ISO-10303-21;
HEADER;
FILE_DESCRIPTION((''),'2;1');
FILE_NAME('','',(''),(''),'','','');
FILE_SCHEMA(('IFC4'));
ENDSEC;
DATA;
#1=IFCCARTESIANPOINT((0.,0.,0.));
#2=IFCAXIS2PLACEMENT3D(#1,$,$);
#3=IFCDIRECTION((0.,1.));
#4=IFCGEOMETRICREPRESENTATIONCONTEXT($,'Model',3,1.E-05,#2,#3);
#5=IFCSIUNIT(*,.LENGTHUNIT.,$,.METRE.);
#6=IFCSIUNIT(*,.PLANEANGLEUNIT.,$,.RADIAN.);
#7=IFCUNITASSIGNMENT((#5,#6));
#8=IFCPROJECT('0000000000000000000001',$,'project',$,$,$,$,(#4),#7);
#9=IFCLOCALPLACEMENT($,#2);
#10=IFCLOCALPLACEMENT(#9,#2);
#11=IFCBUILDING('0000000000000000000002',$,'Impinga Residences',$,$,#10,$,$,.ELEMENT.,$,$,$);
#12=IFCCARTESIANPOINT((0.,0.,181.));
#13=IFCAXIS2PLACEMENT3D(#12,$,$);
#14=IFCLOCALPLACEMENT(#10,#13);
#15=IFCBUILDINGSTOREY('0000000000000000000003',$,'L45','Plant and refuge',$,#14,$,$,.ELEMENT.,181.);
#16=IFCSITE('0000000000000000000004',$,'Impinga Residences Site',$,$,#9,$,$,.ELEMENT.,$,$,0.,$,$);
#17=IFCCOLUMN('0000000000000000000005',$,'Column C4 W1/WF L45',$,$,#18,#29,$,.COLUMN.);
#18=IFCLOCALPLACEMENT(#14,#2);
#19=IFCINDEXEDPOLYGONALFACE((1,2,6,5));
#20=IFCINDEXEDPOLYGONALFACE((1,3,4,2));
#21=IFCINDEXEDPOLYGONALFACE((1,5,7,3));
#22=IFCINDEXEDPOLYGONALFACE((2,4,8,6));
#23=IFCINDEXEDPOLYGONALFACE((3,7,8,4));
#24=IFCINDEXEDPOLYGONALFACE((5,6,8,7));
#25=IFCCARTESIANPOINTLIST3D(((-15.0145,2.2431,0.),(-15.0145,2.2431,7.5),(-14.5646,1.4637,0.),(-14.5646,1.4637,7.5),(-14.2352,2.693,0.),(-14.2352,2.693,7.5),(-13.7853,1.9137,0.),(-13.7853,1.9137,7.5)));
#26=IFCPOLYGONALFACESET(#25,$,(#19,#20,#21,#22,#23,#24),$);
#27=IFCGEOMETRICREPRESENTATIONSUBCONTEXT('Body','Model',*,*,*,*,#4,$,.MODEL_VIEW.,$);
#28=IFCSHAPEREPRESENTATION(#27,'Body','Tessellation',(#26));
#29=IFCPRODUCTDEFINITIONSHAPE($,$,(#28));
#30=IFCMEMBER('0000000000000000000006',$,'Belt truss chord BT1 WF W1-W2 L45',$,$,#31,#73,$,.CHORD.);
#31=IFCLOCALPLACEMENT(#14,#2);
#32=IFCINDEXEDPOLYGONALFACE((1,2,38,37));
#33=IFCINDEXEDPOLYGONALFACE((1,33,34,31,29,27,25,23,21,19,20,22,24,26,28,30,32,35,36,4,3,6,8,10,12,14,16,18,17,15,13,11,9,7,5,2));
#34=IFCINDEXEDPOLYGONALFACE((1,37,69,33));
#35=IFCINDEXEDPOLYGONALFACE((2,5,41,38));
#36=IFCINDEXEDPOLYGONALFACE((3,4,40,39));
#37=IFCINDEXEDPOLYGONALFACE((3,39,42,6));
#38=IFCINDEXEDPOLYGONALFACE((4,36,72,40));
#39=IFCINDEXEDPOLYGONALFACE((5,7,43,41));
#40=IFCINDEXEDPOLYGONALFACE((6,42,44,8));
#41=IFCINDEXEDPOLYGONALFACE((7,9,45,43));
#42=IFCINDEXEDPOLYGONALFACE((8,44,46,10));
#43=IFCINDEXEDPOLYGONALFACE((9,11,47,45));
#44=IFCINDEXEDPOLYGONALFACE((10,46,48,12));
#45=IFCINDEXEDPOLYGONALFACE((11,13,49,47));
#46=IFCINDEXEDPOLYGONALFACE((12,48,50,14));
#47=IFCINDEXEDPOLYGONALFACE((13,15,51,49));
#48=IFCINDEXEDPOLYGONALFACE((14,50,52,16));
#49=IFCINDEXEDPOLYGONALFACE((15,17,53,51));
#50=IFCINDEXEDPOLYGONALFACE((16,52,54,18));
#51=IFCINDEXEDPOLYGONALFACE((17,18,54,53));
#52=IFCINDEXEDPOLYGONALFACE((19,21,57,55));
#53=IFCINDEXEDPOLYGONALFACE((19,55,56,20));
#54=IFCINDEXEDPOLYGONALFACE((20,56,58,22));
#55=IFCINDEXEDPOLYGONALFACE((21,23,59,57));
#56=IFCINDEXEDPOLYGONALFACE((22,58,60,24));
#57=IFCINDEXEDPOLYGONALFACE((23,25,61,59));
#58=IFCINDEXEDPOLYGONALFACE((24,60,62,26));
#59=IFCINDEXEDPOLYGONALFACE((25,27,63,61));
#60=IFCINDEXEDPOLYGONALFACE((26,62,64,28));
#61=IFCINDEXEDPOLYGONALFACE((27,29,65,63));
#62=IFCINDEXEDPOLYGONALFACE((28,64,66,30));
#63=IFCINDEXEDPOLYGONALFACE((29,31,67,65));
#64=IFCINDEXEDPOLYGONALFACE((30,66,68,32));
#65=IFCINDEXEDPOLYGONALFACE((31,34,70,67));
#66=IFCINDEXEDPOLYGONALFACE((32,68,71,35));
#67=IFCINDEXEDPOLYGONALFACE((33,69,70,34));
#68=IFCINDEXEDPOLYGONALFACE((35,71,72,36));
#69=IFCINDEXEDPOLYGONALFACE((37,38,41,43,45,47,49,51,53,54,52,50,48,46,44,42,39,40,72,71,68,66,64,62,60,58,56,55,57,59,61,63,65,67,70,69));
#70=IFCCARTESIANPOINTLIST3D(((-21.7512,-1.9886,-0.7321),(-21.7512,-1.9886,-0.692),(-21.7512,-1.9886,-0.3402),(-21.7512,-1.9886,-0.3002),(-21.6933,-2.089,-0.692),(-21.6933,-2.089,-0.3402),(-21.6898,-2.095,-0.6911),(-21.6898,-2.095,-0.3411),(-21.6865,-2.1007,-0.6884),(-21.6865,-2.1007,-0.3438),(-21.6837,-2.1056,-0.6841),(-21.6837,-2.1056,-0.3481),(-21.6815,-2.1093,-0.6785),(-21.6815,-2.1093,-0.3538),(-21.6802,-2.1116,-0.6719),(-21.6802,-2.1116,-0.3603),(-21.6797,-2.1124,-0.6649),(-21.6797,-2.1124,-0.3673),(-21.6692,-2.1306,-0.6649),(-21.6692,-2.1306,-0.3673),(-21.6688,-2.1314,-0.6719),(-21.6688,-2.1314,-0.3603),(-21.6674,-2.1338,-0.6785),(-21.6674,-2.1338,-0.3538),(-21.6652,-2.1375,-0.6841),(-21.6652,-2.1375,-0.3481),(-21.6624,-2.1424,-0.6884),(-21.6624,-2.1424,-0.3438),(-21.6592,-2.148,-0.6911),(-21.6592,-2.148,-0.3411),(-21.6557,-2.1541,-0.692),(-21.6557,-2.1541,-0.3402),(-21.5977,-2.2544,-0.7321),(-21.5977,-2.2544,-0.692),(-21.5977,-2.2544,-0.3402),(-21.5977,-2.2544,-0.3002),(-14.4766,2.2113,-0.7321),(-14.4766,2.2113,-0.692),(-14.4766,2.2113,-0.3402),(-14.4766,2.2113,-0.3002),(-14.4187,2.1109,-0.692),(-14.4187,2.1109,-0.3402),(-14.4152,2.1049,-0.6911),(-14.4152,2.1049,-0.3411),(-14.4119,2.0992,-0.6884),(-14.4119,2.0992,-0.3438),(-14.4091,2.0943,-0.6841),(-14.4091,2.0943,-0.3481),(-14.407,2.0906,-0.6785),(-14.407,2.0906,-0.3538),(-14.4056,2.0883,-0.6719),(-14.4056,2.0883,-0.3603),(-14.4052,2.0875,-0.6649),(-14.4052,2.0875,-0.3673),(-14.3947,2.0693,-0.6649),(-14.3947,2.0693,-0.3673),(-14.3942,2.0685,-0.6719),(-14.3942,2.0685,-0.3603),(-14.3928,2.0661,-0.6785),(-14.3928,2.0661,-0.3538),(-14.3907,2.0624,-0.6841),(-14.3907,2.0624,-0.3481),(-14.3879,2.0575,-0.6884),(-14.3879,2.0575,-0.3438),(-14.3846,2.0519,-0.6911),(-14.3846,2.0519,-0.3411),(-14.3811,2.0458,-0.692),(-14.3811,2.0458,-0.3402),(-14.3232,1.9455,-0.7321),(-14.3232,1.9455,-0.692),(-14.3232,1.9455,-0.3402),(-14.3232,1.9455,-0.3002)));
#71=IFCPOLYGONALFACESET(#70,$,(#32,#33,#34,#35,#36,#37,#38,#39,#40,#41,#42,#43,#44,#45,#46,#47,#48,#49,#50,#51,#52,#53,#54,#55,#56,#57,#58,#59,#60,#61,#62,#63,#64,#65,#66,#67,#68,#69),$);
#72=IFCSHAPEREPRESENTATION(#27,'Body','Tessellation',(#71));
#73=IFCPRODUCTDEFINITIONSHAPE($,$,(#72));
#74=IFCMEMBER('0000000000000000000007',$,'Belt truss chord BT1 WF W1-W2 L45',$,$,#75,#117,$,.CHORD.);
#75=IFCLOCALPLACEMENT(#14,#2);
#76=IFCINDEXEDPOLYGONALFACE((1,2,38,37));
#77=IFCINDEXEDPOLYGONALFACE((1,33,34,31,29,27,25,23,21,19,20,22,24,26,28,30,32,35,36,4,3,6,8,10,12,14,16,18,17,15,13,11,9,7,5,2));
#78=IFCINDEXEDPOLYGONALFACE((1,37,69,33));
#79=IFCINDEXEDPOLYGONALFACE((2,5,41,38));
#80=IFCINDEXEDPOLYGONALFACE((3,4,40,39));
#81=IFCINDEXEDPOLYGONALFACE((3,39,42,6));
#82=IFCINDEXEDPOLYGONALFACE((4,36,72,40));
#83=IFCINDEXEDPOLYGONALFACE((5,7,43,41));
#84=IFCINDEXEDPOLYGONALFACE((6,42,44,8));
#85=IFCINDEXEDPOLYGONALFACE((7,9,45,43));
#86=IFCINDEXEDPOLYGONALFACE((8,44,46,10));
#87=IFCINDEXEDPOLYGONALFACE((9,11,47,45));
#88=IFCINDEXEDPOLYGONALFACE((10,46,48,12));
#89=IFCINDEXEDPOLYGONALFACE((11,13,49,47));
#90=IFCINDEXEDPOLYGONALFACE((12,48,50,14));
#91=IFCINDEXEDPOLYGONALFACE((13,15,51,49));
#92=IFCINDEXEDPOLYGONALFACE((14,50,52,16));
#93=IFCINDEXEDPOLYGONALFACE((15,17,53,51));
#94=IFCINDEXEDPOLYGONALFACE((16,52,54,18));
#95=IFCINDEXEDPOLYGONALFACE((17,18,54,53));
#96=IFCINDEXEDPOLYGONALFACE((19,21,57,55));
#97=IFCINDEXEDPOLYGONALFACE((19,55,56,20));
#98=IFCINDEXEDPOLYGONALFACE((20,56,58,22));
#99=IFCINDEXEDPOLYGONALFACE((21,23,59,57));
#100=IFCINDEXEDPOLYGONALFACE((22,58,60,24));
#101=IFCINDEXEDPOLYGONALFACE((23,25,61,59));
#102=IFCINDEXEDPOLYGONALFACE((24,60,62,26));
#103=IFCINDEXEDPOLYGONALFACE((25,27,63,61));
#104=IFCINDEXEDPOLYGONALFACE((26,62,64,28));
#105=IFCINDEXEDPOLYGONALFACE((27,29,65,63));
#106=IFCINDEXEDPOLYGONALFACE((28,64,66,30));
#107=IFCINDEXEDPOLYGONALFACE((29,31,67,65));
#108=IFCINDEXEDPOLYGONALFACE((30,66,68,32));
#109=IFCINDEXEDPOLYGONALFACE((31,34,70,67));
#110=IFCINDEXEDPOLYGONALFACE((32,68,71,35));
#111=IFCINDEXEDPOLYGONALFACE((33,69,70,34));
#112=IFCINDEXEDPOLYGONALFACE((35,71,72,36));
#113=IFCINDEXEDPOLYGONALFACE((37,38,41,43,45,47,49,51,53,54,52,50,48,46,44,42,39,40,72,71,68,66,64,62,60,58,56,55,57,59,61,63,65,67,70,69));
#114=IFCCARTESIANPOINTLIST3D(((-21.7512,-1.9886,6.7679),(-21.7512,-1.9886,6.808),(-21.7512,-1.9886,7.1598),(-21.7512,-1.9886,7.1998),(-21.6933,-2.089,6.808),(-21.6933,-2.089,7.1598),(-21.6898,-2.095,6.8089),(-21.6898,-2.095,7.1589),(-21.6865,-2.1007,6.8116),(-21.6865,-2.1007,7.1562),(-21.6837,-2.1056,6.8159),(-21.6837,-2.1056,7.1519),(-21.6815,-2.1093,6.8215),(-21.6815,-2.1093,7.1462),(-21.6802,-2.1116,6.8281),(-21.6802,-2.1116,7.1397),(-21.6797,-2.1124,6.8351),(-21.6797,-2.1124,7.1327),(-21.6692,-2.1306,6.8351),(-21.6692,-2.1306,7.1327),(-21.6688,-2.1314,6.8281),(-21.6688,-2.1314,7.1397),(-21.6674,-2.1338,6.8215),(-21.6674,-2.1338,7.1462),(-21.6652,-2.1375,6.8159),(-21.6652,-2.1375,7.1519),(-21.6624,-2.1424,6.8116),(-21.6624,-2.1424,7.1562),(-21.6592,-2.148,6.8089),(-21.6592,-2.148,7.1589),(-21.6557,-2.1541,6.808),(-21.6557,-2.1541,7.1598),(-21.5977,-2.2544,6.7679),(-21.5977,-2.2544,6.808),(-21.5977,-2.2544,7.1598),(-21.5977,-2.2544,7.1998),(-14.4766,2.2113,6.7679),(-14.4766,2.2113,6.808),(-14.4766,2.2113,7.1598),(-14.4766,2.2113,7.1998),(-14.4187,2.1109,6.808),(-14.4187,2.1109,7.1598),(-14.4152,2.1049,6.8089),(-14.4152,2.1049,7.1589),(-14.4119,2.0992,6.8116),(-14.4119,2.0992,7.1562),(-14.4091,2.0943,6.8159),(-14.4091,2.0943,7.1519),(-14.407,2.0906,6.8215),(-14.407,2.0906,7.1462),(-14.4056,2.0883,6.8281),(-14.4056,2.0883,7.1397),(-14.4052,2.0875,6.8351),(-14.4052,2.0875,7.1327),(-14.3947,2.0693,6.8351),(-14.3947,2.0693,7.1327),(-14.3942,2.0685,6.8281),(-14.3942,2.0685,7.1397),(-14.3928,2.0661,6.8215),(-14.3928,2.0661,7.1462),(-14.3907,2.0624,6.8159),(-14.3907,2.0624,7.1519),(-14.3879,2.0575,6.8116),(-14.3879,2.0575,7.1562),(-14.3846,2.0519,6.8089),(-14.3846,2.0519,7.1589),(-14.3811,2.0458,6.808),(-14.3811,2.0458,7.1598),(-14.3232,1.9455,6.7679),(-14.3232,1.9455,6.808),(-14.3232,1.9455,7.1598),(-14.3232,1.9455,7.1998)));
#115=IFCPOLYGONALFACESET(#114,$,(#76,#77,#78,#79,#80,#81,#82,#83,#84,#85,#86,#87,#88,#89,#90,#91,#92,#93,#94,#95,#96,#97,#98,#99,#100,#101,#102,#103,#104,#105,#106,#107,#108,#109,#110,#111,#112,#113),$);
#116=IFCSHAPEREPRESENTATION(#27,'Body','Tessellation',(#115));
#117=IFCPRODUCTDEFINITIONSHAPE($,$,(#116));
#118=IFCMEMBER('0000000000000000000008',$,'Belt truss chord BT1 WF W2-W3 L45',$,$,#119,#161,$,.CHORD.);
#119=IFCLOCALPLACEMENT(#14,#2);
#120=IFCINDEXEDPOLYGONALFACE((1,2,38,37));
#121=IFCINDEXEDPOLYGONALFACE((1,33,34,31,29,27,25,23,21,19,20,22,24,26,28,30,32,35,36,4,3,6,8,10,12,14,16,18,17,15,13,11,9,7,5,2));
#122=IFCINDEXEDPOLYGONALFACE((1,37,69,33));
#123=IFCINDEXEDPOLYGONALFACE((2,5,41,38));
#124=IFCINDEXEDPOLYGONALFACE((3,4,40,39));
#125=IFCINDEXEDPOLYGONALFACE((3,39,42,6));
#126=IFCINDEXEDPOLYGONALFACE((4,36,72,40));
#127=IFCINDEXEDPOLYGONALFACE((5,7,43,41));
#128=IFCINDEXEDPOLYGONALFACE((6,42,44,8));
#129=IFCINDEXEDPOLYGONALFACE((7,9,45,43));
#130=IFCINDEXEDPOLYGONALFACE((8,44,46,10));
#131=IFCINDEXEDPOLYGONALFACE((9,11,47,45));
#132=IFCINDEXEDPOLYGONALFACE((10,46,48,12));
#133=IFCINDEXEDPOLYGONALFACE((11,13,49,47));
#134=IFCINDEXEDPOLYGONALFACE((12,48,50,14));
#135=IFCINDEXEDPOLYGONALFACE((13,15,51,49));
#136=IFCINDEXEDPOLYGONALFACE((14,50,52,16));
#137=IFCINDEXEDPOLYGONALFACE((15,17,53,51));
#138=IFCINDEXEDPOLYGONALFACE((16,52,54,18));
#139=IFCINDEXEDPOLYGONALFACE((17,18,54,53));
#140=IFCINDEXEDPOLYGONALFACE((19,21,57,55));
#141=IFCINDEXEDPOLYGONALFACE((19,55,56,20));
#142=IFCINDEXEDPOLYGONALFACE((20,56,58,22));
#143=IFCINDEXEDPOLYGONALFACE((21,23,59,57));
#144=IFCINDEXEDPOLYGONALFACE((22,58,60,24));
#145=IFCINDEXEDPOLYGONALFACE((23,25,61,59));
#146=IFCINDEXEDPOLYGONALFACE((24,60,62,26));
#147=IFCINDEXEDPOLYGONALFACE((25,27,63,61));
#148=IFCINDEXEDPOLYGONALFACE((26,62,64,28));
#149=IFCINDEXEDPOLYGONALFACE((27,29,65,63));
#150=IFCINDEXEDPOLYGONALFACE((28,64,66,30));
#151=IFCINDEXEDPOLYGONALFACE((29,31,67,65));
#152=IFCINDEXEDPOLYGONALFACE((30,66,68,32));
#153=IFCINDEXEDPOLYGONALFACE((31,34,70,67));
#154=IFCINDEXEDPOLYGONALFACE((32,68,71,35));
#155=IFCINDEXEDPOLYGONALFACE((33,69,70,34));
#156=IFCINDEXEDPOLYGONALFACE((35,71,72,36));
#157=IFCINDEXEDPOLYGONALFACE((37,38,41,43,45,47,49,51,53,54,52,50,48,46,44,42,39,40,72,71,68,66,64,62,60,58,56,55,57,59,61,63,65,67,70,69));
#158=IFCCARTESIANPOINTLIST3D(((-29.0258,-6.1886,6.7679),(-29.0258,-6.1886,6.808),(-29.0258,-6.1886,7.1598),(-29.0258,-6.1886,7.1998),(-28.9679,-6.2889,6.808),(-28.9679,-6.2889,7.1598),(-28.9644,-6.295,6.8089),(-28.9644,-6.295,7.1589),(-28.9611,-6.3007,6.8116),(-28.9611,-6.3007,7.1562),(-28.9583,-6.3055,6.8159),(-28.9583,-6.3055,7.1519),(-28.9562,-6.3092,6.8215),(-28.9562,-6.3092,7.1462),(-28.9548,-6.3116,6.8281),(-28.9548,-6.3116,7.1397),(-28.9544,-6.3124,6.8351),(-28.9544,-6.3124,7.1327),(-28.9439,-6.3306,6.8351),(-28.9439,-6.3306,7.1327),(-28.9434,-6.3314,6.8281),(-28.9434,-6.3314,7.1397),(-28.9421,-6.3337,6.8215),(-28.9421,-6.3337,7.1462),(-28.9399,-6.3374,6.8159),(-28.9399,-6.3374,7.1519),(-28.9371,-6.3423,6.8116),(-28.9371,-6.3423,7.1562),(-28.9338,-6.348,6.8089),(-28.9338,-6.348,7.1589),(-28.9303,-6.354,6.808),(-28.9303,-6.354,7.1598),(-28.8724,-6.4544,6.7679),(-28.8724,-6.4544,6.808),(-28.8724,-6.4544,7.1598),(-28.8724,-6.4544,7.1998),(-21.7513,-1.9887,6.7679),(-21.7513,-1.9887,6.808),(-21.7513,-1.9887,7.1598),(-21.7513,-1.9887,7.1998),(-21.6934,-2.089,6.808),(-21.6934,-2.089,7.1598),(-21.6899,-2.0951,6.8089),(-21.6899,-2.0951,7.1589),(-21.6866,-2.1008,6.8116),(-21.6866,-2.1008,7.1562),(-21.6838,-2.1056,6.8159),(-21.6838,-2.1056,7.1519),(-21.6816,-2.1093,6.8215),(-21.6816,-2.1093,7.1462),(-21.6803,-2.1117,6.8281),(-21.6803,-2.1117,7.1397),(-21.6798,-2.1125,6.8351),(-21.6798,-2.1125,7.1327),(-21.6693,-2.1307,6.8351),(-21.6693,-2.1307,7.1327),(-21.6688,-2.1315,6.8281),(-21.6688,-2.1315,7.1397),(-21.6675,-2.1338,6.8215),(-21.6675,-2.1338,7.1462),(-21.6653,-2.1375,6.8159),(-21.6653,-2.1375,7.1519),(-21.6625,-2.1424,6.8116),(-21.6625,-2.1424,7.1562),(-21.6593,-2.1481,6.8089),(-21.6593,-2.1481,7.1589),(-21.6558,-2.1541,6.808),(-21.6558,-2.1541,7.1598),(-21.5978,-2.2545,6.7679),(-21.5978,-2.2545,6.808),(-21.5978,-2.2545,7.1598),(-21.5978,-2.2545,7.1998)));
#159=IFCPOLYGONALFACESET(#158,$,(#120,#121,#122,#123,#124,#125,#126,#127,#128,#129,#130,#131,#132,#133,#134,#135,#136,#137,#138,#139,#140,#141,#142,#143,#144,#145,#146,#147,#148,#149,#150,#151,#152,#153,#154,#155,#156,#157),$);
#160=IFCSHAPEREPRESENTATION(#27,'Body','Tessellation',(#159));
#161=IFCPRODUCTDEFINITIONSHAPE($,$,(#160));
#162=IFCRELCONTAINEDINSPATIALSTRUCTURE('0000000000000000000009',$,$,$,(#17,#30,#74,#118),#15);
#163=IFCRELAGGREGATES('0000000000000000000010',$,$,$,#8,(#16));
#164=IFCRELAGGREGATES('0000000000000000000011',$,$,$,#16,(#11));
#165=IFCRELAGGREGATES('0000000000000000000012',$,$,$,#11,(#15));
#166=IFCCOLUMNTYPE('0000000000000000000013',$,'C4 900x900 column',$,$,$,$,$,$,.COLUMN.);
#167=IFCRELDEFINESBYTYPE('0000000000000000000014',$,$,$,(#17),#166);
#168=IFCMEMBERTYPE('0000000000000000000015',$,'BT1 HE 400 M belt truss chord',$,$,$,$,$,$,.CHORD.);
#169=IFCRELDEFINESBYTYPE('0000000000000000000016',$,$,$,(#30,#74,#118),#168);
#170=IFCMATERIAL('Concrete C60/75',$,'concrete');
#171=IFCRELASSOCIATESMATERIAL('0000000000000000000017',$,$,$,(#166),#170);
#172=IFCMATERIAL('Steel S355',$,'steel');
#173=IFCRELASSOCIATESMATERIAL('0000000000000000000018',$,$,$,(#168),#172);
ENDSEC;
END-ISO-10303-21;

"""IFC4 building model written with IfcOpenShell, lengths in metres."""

from ifc_helpers import new_model, si_unit, direction, frame, origin, origin_2d, place, context, subcontext, project, spatial, rectangle, i_section, extrude, material, material_profile, profile_set, type_object, element, save


model = new_model("IFC4")

# Units and contexts
model_context = context("Model", 3, precision=1e-05, world=origin(), true_north=direction((0.0, 1.0)))
body_context = subcontext(model_context, "Body", "Model", "MODEL_VIEW")
ifc_project = project(units=[si_unit("LENGTHUNIT", "METRE"), si_unit("PLANEANGLEUNIT", "RADIAN")], contexts=[model_context])

# Site, building, storey
site_placement = place(None, origin())
site = spatial("IfcSite", under=ifc_project, at=site_placement, Name="Impinga Residences Site", CompositionType="ELEMENT", RefElevation=0.0)
building_placement = place(site_placement, origin())
building = spatial("IfcBuilding", under=site, at=building_placement, Name="Impinga Residences", CompositionType="ELEMENT")
storey_placement = place(building_placement, frame((0.0, 0.0, 181.0)))
storey = spatial("IfcBuildingStorey", under=building, at=storey_placement, Name="L45", Description="Plant and refuge", CompositionType="ELEMENT", Elevation=181.0)

# Column
ifc_material_1 = material(Name="Concrete C60/75", Category="concrete")
ifc_material_profile_1 = material_profile(ifc_material_1, rectangle(XDim=0.8999, YDim=0.8999, at=origin_2d()), Name="RC 900x900")
ifc_profile_set_1 = profile_set([ifc_material_profile_1], Name="Concrete C60/75")
column_type = type_object("IfcColumnType", Name="C4 900x900 column", PredefinedType="COLUMN", material=ifc_profile_set_1)
column_placement = place(storey_placement, frame((-14.3999, 2.0784, 0.0), z_axis=(0.0, 0.0, 1.0), x_axis=(-0.5, 0.866025, 0.0)))
element("IfcColumn", 1, at=column_placement, inside=storey, type_object=column_type, Name="Column C4 W1/WF L45", PredefinedType="COLUMN", context=body_context, shape_type="SweptSolid", body=[
    extrude(rectangle(XDim=0.8999, YDim=0.8999, at=origin_2d()), origin(), (0.0, 0.0, 1.0), 7.5),
])

# Members
ifc_material_2 = material(Name="Steel S355", Category="steel")
ifc_material_profile_2 = material_profile(ifc_material_2, i_section(OverallWidth=0.3069, OverallDepth=0.4319, WebThickness=0.021, FlangeThickness=0.04, FilletRadius=0.0271, at=origin_2d()), Name="HE 400 M")
ifc_profile_set_2 = profile_set([ifc_material_profile_2], Name="Steel S355")
member_type_1 = type_object("IfcMemberType", Name="BT1 HE 400 M belt truss chord", PredefinedType="CHORD", material=ifc_profile_set_2)
for number, where, z_axis, x_axis, name in (
    (2, (-14.3999, 2.0784, -0.5161), (-0.866029, -0.499993, 0.0), (0.499993, -0.866029, 0.0), "Belt truss chord BT1 WF W1-W2 L45"),
    (3, (-14.3999, 2.0784, 6.9839), (-0.866029, -0.499993, 0.0), (0.499993, -0.866029, 0.0), "Belt truss chord BT1 WF W1-W2 L45"),
    (4, (-21.6746, -2.1216, 6.9839), (-0.866029, -0.499993, 0.0), (0.499993, -0.866029, 0.0), "Belt truss chord BT1 WF W2-W3 L45"),
):
    element("IfcMember", number, at=place(storey_placement, frame(where, z_axis=z_axis, x_axis=x_axis)), inside=storey, type_object=member_type_1, Name=name, PredefinedType="CHORD", context=body_context, shape_type="SweptSolid", body=[
        extrude(i_section(OverallWidth=0.3069, OverallDepth=0.4319, WebThickness=0.021, FlangeThickness=0.04, FilletRadius=0.0271, at=origin_2d()), origin(), (0.0, 0.0, 1.0), 8.3999),
    ])

save(model, "model.ifc")
